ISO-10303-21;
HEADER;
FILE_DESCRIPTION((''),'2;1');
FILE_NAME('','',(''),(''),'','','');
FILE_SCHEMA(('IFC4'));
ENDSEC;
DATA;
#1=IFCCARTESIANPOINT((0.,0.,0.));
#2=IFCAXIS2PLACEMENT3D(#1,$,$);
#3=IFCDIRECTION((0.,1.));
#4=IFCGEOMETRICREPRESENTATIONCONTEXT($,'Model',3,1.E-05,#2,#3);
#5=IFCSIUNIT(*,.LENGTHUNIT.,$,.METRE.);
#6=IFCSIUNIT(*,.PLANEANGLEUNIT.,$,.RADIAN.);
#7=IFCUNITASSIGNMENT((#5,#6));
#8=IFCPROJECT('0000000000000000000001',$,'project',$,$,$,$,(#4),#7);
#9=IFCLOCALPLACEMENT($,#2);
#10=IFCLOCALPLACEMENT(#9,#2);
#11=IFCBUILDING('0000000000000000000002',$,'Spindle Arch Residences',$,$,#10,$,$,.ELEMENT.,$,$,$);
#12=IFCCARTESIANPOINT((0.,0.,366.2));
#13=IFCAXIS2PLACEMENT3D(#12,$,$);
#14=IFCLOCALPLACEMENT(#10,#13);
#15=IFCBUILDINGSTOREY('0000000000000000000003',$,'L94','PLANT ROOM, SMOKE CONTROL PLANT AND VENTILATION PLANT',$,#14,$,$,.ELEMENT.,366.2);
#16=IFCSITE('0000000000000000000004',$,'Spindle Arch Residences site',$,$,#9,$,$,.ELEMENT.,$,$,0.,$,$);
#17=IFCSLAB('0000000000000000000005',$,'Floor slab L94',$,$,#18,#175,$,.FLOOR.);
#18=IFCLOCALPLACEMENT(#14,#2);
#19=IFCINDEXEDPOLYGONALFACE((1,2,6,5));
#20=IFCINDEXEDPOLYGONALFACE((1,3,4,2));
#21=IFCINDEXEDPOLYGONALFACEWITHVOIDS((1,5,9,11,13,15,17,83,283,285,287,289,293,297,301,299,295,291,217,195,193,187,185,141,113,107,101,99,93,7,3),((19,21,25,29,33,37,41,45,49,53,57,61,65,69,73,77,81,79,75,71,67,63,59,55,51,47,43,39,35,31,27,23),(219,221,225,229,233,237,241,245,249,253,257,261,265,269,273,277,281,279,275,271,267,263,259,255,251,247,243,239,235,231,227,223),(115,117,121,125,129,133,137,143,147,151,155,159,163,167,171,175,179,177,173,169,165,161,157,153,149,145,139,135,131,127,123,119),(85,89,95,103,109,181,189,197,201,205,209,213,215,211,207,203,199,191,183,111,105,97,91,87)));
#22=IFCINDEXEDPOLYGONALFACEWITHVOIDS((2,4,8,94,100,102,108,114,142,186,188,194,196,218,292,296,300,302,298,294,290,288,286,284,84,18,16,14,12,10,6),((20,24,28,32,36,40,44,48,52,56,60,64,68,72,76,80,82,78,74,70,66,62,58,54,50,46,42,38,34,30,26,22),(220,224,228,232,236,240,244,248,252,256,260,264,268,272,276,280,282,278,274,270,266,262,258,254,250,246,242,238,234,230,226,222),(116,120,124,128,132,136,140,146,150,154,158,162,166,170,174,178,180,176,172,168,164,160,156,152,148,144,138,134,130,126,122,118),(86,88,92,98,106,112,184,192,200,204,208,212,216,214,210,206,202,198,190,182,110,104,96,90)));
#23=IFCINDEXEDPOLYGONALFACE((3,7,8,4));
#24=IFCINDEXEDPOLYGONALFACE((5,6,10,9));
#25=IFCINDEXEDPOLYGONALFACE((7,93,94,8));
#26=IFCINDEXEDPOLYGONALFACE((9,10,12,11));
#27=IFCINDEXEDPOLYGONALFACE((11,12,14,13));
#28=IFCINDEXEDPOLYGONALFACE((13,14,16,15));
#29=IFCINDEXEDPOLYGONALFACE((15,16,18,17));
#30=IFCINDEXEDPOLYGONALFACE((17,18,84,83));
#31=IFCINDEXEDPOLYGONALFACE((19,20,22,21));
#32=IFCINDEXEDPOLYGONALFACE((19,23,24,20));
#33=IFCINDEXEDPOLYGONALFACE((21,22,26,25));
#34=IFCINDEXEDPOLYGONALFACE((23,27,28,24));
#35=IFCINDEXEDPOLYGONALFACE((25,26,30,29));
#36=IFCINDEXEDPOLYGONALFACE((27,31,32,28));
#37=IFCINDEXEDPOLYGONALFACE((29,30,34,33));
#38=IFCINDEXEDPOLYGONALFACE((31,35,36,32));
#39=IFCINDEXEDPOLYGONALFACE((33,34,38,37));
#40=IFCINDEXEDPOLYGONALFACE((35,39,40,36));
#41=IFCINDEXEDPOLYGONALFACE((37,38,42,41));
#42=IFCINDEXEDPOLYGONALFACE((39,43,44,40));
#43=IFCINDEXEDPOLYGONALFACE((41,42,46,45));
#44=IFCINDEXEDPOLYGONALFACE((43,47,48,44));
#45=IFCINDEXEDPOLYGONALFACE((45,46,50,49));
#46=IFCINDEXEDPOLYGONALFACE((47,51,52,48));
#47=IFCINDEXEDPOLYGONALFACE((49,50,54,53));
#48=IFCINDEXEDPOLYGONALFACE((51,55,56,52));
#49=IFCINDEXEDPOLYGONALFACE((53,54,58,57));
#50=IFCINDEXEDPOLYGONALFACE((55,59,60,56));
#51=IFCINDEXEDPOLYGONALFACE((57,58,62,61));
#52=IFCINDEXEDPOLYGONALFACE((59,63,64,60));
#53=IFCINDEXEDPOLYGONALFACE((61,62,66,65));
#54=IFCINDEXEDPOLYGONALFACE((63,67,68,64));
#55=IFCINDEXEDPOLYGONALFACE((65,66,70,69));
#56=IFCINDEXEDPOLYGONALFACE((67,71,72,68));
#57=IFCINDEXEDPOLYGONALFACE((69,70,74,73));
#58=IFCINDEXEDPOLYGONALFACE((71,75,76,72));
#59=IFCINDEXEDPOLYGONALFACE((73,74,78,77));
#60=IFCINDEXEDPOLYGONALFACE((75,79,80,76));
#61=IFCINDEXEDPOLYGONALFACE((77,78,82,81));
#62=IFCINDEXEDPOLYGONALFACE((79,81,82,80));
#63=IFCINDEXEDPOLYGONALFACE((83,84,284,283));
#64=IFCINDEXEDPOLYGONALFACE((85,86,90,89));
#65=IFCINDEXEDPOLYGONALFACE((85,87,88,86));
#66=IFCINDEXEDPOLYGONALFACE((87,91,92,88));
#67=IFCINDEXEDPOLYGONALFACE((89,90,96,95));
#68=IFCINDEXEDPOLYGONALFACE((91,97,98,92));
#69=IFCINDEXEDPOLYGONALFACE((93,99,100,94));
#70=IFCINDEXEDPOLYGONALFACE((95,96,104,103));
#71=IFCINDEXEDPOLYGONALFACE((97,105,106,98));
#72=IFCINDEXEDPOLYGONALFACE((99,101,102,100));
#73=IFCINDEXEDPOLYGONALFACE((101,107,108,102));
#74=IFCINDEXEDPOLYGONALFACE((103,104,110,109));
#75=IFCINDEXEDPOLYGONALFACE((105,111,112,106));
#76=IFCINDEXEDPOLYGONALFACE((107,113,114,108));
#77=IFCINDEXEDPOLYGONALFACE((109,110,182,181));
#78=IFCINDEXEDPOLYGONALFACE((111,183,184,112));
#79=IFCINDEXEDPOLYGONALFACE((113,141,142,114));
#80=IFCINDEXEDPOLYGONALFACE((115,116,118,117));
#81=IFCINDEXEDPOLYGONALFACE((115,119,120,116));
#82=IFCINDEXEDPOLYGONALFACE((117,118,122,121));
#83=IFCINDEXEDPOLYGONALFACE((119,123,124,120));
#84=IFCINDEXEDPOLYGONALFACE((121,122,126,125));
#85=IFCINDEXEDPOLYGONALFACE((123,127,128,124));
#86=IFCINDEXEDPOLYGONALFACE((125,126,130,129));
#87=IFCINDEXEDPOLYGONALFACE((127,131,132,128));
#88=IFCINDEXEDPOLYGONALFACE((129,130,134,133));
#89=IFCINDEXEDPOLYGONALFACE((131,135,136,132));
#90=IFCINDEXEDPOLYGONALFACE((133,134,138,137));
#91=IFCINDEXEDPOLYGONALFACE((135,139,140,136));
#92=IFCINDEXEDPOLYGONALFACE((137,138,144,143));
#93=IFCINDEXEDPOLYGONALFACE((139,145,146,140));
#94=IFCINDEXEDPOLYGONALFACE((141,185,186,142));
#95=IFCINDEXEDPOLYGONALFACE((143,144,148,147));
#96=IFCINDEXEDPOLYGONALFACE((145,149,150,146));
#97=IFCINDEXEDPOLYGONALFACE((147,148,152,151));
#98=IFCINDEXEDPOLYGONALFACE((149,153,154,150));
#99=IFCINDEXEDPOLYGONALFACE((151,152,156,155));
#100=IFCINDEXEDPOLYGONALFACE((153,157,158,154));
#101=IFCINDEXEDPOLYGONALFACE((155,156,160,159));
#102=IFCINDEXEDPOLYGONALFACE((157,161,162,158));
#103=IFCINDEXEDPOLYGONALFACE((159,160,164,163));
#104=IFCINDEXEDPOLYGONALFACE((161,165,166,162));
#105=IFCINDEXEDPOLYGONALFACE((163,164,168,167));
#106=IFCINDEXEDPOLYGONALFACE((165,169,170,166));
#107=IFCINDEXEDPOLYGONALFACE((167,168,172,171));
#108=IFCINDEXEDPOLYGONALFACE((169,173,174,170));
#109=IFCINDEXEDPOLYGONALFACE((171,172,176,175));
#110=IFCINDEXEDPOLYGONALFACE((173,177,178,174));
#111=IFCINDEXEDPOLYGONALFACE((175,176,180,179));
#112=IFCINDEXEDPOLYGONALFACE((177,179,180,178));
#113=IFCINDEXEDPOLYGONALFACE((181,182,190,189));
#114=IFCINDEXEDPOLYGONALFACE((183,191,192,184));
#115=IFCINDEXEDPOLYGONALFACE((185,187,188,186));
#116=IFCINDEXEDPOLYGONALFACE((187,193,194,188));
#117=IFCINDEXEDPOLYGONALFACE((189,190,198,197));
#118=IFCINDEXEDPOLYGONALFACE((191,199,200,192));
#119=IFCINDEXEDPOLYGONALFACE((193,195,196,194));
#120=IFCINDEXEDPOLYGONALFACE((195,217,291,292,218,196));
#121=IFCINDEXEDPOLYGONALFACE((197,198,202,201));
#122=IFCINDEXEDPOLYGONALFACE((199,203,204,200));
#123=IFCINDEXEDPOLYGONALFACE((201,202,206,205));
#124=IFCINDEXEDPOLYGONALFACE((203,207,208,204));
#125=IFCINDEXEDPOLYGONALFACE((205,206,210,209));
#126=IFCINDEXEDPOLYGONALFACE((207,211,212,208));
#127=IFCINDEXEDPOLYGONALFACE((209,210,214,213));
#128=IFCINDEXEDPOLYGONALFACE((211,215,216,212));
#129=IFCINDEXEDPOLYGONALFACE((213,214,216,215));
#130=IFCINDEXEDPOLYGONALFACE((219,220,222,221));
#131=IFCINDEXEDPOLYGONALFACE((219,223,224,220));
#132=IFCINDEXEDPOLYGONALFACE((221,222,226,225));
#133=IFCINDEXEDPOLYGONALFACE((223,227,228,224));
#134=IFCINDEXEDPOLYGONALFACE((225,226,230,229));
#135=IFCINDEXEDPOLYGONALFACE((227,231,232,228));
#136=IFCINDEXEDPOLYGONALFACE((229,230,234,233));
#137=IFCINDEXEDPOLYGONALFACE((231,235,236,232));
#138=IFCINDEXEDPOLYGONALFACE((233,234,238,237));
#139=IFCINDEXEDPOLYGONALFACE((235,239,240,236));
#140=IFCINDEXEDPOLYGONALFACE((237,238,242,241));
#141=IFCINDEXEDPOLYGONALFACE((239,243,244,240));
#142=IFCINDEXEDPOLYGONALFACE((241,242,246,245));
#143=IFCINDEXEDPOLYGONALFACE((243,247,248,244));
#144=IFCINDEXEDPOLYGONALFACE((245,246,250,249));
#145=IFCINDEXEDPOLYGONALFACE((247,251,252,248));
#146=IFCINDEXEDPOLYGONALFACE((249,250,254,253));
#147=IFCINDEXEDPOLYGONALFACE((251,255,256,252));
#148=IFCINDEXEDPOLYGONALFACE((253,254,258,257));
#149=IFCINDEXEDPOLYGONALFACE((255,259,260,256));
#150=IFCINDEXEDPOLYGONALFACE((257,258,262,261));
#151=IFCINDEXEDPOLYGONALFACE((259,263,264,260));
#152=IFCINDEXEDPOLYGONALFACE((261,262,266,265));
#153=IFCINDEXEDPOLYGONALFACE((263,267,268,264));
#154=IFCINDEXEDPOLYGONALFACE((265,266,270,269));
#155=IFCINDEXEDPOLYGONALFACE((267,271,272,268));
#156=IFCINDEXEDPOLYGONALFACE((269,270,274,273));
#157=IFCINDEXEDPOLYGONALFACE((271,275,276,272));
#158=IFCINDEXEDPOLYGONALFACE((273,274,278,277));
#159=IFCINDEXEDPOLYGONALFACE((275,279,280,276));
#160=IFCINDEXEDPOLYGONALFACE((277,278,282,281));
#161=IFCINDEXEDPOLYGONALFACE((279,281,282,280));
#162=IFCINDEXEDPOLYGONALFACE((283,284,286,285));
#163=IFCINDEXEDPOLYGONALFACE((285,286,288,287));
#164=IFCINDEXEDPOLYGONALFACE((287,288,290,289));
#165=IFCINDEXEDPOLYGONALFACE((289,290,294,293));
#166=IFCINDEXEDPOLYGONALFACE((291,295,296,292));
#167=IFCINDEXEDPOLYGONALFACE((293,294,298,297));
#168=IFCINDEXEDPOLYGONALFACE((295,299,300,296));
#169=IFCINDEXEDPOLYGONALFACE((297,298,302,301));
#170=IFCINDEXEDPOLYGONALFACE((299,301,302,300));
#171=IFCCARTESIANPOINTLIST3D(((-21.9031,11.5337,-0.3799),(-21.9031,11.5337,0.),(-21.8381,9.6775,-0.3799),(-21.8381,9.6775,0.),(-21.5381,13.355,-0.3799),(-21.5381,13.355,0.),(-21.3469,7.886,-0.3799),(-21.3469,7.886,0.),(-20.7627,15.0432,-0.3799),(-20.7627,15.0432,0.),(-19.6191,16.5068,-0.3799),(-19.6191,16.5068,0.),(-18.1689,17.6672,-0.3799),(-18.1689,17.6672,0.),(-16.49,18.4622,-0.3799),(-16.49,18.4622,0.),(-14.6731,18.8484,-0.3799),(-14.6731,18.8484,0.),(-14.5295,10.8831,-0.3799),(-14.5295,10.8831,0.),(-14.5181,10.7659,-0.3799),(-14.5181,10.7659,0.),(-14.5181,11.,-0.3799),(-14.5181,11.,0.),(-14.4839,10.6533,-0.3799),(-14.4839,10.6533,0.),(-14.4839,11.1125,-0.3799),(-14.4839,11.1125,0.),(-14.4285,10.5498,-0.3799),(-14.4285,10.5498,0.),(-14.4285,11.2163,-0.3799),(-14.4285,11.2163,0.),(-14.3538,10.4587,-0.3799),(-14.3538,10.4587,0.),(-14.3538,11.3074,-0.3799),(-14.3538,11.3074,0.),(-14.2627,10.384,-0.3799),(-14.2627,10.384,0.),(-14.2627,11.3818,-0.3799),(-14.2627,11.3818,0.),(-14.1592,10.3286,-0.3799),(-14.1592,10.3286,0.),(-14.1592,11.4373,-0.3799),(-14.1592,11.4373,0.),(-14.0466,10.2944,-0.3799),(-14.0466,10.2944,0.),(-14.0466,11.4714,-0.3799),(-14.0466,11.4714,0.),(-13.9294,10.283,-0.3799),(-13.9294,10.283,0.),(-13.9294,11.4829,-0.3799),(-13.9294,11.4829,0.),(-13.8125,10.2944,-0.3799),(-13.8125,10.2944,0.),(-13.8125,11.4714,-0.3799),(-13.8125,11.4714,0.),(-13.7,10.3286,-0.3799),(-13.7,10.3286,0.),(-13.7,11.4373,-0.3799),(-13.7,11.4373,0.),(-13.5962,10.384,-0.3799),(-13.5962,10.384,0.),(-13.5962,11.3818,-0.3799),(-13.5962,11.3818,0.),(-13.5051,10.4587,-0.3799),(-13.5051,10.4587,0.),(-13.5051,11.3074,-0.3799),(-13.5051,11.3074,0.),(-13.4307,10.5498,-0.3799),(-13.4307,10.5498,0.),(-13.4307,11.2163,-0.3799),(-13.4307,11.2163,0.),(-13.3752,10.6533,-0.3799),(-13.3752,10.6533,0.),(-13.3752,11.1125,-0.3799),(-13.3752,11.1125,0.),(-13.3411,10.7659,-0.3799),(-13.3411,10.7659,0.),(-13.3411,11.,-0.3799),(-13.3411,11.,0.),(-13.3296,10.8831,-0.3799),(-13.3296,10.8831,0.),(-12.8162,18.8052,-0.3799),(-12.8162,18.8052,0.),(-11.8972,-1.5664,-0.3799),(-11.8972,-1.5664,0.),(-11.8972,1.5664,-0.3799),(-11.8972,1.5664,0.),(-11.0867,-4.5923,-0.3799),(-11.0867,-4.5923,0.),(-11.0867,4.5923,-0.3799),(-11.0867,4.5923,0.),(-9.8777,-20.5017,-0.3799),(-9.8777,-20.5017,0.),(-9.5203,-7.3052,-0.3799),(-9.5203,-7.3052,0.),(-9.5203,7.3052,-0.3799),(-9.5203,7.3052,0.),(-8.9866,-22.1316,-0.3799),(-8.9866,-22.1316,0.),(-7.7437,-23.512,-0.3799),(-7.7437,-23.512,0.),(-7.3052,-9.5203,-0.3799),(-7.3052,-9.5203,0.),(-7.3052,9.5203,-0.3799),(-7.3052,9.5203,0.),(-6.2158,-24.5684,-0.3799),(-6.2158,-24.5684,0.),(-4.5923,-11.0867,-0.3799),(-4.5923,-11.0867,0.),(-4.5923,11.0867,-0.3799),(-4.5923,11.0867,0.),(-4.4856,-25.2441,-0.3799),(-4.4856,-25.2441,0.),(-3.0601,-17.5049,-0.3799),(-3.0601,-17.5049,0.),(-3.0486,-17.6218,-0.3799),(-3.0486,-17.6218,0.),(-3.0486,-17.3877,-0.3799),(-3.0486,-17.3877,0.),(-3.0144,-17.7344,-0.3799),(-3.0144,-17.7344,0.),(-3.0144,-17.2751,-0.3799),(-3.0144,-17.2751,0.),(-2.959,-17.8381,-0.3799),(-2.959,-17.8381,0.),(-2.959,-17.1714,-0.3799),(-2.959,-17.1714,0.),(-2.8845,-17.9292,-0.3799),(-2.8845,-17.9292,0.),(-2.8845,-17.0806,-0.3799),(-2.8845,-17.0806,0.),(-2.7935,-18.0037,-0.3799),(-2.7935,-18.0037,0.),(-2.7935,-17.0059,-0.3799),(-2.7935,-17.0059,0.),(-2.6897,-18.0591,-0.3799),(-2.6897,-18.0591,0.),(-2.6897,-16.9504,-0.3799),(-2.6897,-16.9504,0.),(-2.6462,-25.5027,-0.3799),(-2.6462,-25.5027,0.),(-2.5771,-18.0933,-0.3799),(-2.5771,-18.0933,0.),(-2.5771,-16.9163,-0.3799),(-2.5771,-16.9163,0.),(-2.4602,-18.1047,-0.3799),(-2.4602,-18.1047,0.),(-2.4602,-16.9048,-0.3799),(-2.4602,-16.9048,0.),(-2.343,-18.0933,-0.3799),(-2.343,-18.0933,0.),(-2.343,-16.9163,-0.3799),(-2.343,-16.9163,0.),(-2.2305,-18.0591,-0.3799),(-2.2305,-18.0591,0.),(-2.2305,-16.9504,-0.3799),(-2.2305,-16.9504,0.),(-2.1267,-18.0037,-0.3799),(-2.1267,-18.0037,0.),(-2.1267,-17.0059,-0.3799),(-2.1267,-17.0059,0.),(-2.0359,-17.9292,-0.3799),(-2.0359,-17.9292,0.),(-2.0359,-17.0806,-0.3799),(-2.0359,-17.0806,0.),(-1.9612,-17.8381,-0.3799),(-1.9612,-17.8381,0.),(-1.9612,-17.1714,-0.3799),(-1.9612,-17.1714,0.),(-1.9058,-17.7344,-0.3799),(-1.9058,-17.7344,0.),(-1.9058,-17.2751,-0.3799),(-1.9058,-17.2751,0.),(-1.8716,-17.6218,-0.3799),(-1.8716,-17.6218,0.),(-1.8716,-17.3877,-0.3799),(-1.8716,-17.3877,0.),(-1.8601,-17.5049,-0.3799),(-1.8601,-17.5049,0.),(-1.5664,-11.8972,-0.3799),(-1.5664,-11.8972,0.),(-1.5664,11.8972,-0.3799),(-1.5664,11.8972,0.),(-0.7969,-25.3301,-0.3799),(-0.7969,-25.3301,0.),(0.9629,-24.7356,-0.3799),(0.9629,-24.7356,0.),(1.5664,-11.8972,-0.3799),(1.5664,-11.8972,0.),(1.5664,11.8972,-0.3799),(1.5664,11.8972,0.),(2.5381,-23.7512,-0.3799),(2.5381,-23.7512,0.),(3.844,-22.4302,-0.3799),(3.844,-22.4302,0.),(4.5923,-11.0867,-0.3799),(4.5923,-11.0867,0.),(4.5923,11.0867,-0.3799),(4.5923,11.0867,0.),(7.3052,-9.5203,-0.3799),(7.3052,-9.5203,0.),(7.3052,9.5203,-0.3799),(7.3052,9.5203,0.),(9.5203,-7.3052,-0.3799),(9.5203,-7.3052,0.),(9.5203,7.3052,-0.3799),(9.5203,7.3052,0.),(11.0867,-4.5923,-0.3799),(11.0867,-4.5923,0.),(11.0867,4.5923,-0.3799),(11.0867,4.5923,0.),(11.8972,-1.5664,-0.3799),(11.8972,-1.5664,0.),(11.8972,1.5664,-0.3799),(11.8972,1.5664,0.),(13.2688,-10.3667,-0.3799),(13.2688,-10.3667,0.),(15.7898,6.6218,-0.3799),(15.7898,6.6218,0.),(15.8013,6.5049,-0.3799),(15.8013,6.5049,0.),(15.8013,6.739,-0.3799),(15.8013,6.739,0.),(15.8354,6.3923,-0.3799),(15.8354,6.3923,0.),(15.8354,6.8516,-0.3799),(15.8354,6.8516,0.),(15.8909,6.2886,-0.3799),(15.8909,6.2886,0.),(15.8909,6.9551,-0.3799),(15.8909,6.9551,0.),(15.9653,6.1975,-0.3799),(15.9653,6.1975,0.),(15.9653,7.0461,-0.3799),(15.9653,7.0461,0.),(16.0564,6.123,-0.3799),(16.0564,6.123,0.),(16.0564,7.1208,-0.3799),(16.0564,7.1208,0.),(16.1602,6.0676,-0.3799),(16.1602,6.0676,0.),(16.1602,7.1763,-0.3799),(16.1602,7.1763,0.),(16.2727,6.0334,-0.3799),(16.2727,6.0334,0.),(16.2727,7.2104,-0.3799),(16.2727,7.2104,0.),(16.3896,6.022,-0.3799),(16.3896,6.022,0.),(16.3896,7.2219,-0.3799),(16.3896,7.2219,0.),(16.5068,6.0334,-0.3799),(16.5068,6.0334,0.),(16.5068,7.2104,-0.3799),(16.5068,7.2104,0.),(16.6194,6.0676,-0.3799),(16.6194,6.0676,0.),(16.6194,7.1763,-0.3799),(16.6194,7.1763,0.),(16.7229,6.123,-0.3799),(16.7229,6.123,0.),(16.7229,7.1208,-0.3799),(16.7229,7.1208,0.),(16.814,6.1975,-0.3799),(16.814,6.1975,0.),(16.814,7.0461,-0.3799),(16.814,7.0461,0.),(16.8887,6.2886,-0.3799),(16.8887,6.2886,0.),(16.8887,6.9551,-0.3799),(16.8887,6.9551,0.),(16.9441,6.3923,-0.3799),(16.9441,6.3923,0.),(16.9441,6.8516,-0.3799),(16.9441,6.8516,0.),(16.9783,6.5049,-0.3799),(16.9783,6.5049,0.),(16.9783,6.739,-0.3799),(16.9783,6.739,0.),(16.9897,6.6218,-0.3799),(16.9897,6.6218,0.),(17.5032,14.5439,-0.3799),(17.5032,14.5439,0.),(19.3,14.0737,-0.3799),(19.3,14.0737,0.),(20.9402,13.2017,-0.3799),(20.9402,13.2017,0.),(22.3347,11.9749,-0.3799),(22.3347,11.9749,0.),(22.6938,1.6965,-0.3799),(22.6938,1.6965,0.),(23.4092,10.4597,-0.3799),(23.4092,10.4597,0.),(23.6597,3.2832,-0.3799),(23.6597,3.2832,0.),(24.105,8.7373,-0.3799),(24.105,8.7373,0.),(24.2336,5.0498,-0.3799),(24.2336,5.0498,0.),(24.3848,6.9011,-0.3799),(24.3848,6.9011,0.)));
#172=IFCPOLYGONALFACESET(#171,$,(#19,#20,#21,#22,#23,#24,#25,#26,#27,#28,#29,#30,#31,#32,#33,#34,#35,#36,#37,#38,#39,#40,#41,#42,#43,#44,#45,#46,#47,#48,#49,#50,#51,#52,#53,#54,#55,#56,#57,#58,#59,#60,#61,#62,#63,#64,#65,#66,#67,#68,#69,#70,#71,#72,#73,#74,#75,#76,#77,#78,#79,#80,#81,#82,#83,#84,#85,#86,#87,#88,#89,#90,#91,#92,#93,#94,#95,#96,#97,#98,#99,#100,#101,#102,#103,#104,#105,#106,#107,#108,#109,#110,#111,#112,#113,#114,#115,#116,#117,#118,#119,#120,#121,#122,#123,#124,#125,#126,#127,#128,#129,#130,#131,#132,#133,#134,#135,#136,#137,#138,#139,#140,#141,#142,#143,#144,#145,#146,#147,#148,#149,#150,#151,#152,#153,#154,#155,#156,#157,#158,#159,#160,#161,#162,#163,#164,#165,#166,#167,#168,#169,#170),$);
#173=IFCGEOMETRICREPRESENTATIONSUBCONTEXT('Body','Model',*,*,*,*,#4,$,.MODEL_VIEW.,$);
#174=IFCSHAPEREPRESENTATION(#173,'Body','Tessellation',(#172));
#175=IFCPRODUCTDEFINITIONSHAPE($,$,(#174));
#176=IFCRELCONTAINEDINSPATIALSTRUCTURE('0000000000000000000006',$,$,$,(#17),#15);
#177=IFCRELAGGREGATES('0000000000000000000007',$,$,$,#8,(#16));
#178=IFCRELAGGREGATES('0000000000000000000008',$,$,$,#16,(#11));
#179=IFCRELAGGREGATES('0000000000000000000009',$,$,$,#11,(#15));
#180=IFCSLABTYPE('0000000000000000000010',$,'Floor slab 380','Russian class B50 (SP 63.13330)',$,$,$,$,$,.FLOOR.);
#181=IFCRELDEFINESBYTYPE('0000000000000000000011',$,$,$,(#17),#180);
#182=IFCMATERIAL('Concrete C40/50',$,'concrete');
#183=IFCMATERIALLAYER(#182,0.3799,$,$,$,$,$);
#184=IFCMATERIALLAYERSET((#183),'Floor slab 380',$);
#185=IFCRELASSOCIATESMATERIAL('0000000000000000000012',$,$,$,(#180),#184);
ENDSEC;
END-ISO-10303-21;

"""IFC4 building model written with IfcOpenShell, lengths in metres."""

from ifc_helpers import new_model, si_unit, direction, frame, origin, place, context, subcontext, project, spatial, polyline, outline, extrude, material, layer, layer_set, type_object, element, save


model = new_model("IFC4")

# Units and contexts
model_context = context("Model", 3, precision=1e-05, world=origin(), true_north=direction((0.0, 1.0)))
body_context = subcontext(model_context, "Body", "Model", "MODEL_VIEW")
ifc_project = project(units=[si_unit("LENGTHUNIT", "METRE"), si_unit("PLANEANGLEUNIT", "RADIAN")], contexts=[model_context])

# Site, building, storey
site_placement = place(None, origin())
site = spatial("IfcSite", under=ifc_project, at=site_placement, Name="Spindle Arch Residences site", CompositionType="ELEMENT", RefElevation=0.0)
building_placement = place(site_placement, origin())
building = spatial("IfcBuilding", under=site, at=building_placement, Name="Spindle Arch Residences", CompositionType="ELEMENT")
storey_placement = place(building_placement, frame((0.0, 0.0, 366.2)))
storey = spatial("IfcBuildingStorey", under=building, at=storey_placement, Name="L94", Description="PLANT ROOM, SMOKE CONTROL PLANT AND VENTILATION PLANT", CompositionType="ELEMENT", Elevation=366.2)

# Slab
ifc_material_1 = material(Name="Concrete C40/50", Category="concrete")
ifc_layer_1 = layer(ifc_material_1, 0.3799)
ifc_layer_set_1 = layer_set([ifc_layer_1], Name="Floor slab 380")
slab_type = type_object("IfcSlabType", Name="Floor slab 380", Description="Russian class B50 (SP 63.13330)", PredefinedType="FLOOR", material=ifc_layer_set_1)
slab_placement = place(storey_placement, frame((0.0, 0.0, -0.3799)))
element("IfcSlab", 1, at=slab_placement, inside=storey, type_object=slab_type, Name="Floor slab L94", PredefinedType="FLOOR", context=body_context, shape_type="SweptSolid", body=[
    extrude(outline(polyline([(2.5381, -23.7512), (0.9629, -24.7356), (-0.7969, -25.3301), (-2.6462, -25.5027), (-4.4856, -25.2441), (-6.2158, -24.5684), (-7.7437, -23.512), (-8.9866, -22.1316), (-9.8777, -20.5017), (-21.3469, 7.886), (-21.8381, 9.6775), (-21.9031, 11.5337), (-21.5381, 13.355), (-20.7627, 15.0432), (-19.6191, 16.5068), (-18.1689, 17.6672), (-16.49, 18.4622), (-14.6731, 18.8484), (-12.8162, 18.8052), (17.5032, 14.5439), (19.3, 14.0737), (20.9402, 13.2017), (22.3347, 11.9749), (23.4092, 10.4597), (24.105, 8.7373), (24.3848, 6.9011), (24.2336, 5.0498), (23.6597, 3.2832), (22.6938, 1.6965), (13.2688, -10.3667), (3.844, -22.4302), (2.5381, -23.7512)]), holes=[polyline([(7.3052, -9.5203), (9.5203, -7.3052), (11.0867, -4.5923), (11.8972, -1.5664), (11.8972, 1.5664), (11.0867, 4.5923), (9.5203, 7.3052), (7.3052, 9.5203), (4.5923, 11.0867), (1.5664, 11.8972), (-1.5664, 11.8972), (-4.5923, 11.0867), (-7.3052, 9.5203), (-9.5203, 7.3052), (-11.0867, 4.5923), (-11.8972, 1.5664), (-11.8972, -1.5664), (-11.0867, -4.5923), (-9.5203, -7.3052), (-7.3052, -9.5203), (-4.5923, -11.0867), (-1.5664, -11.8972), (1.5664, -11.8972), (4.5923, -11.0867), (7.3052, -9.5203)]), polyline([(-1.9612, -17.8381), (-1.9058, -17.7344), (-1.8716, -17.6218), (-1.8601, -17.5049), (-1.8716, -17.3877), (-1.9058, -17.2751), (-1.9612, -17.1714), (-2.0359, -17.0806), (-2.1267, -17.0059), (-2.2305, -16.9504), (-2.343, -16.9163), (-2.4602, -16.9048), (-2.5771, -16.9163), (-2.6897, -16.9504), (-2.7935, -17.0059), (-2.8845, -17.0806), (-2.959, -17.1714), (-3.0144, -17.2751), (-3.0486, -17.3877), (-3.0601, -17.5049), (-3.0486, -17.6218), (-3.0144, -17.7344), (-2.959, -17.8381), (-2.8845, -17.9292), (-2.7935, -18.0037), (-2.6897, -18.0591), (-2.5771, -18.0933), (-2.4602, -18.1047), (-2.343, -18.0933), (-2.2305, -18.0591), (-2.1267, -18.0037), (-2.0359, -17.9292), (-1.9612, -17.8381)]), polyline([(-13.5051, 10.4587), (-13.4307, 10.5498), (-13.3752, 10.6533), (-13.3411, 10.7659), (-13.3296, 10.8831), (-13.3411, 11.0), (-13.3752, 11.1125), (-13.4307, 11.2163), (-13.5051, 11.3074), (-13.5962, 11.3818), (-13.7, 11.4373), (-13.8125, 11.4714), (-13.9294, 11.4829), (-14.0466, 11.4714), (-14.1592, 11.4373), (-14.2627, 11.3818), (-14.3538, 11.3074), (-14.4285, 11.2163), (-14.4839, 11.1125), (-14.5181, 11.0), (-14.5295, 10.8831), (-14.5181, 10.7659), (-14.4839, 10.6533), (-14.4285, 10.5498), (-14.3538, 10.4587), (-14.2627, 10.384), (-14.1592, 10.3286), (-14.0466, 10.2944), (-13.9294, 10.283), (-13.8125, 10.2944), (-13.7, 10.3286), (-13.5962, 10.384), (-13.5051, 10.4587)]), polyline([(16.814, 6.1975), (16.8887, 6.2886), (16.9441, 6.3923), (16.9783, 6.5049), (16.9897, 6.6218), (16.9783, 6.739), (16.9441, 6.8516), (16.8887, 6.9551), (16.814, 7.0461), (16.7229, 7.1208), (16.6194, 7.1763), (16.5068, 7.2104), (16.3896, 7.2219), (16.2727, 7.2104), (16.1602, 7.1763), (16.0564, 7.1208), (15.9653, 7.0461), (15.8909, 6.9551), (15.8354, 6.8516), (15.8013, 6.739), (15.7898, 6.6218), (15.8013, 6.5049), (15.8354, 6.3923), (15.8909, 6.2886), (15.9653, 6.1975), (16.0564, 6.123), (16.1602, 6.0676), (16.2727, 6.0334), (16.3896, 6.022), (16.5068, 6.0334), (16.6194, 6.0676), (16.7229, 6.123), (16.814, 6.1975)])]), origin(), (0.0, 0.0, 1.0), 0.3799),
])

save(model, "model.ifc")
